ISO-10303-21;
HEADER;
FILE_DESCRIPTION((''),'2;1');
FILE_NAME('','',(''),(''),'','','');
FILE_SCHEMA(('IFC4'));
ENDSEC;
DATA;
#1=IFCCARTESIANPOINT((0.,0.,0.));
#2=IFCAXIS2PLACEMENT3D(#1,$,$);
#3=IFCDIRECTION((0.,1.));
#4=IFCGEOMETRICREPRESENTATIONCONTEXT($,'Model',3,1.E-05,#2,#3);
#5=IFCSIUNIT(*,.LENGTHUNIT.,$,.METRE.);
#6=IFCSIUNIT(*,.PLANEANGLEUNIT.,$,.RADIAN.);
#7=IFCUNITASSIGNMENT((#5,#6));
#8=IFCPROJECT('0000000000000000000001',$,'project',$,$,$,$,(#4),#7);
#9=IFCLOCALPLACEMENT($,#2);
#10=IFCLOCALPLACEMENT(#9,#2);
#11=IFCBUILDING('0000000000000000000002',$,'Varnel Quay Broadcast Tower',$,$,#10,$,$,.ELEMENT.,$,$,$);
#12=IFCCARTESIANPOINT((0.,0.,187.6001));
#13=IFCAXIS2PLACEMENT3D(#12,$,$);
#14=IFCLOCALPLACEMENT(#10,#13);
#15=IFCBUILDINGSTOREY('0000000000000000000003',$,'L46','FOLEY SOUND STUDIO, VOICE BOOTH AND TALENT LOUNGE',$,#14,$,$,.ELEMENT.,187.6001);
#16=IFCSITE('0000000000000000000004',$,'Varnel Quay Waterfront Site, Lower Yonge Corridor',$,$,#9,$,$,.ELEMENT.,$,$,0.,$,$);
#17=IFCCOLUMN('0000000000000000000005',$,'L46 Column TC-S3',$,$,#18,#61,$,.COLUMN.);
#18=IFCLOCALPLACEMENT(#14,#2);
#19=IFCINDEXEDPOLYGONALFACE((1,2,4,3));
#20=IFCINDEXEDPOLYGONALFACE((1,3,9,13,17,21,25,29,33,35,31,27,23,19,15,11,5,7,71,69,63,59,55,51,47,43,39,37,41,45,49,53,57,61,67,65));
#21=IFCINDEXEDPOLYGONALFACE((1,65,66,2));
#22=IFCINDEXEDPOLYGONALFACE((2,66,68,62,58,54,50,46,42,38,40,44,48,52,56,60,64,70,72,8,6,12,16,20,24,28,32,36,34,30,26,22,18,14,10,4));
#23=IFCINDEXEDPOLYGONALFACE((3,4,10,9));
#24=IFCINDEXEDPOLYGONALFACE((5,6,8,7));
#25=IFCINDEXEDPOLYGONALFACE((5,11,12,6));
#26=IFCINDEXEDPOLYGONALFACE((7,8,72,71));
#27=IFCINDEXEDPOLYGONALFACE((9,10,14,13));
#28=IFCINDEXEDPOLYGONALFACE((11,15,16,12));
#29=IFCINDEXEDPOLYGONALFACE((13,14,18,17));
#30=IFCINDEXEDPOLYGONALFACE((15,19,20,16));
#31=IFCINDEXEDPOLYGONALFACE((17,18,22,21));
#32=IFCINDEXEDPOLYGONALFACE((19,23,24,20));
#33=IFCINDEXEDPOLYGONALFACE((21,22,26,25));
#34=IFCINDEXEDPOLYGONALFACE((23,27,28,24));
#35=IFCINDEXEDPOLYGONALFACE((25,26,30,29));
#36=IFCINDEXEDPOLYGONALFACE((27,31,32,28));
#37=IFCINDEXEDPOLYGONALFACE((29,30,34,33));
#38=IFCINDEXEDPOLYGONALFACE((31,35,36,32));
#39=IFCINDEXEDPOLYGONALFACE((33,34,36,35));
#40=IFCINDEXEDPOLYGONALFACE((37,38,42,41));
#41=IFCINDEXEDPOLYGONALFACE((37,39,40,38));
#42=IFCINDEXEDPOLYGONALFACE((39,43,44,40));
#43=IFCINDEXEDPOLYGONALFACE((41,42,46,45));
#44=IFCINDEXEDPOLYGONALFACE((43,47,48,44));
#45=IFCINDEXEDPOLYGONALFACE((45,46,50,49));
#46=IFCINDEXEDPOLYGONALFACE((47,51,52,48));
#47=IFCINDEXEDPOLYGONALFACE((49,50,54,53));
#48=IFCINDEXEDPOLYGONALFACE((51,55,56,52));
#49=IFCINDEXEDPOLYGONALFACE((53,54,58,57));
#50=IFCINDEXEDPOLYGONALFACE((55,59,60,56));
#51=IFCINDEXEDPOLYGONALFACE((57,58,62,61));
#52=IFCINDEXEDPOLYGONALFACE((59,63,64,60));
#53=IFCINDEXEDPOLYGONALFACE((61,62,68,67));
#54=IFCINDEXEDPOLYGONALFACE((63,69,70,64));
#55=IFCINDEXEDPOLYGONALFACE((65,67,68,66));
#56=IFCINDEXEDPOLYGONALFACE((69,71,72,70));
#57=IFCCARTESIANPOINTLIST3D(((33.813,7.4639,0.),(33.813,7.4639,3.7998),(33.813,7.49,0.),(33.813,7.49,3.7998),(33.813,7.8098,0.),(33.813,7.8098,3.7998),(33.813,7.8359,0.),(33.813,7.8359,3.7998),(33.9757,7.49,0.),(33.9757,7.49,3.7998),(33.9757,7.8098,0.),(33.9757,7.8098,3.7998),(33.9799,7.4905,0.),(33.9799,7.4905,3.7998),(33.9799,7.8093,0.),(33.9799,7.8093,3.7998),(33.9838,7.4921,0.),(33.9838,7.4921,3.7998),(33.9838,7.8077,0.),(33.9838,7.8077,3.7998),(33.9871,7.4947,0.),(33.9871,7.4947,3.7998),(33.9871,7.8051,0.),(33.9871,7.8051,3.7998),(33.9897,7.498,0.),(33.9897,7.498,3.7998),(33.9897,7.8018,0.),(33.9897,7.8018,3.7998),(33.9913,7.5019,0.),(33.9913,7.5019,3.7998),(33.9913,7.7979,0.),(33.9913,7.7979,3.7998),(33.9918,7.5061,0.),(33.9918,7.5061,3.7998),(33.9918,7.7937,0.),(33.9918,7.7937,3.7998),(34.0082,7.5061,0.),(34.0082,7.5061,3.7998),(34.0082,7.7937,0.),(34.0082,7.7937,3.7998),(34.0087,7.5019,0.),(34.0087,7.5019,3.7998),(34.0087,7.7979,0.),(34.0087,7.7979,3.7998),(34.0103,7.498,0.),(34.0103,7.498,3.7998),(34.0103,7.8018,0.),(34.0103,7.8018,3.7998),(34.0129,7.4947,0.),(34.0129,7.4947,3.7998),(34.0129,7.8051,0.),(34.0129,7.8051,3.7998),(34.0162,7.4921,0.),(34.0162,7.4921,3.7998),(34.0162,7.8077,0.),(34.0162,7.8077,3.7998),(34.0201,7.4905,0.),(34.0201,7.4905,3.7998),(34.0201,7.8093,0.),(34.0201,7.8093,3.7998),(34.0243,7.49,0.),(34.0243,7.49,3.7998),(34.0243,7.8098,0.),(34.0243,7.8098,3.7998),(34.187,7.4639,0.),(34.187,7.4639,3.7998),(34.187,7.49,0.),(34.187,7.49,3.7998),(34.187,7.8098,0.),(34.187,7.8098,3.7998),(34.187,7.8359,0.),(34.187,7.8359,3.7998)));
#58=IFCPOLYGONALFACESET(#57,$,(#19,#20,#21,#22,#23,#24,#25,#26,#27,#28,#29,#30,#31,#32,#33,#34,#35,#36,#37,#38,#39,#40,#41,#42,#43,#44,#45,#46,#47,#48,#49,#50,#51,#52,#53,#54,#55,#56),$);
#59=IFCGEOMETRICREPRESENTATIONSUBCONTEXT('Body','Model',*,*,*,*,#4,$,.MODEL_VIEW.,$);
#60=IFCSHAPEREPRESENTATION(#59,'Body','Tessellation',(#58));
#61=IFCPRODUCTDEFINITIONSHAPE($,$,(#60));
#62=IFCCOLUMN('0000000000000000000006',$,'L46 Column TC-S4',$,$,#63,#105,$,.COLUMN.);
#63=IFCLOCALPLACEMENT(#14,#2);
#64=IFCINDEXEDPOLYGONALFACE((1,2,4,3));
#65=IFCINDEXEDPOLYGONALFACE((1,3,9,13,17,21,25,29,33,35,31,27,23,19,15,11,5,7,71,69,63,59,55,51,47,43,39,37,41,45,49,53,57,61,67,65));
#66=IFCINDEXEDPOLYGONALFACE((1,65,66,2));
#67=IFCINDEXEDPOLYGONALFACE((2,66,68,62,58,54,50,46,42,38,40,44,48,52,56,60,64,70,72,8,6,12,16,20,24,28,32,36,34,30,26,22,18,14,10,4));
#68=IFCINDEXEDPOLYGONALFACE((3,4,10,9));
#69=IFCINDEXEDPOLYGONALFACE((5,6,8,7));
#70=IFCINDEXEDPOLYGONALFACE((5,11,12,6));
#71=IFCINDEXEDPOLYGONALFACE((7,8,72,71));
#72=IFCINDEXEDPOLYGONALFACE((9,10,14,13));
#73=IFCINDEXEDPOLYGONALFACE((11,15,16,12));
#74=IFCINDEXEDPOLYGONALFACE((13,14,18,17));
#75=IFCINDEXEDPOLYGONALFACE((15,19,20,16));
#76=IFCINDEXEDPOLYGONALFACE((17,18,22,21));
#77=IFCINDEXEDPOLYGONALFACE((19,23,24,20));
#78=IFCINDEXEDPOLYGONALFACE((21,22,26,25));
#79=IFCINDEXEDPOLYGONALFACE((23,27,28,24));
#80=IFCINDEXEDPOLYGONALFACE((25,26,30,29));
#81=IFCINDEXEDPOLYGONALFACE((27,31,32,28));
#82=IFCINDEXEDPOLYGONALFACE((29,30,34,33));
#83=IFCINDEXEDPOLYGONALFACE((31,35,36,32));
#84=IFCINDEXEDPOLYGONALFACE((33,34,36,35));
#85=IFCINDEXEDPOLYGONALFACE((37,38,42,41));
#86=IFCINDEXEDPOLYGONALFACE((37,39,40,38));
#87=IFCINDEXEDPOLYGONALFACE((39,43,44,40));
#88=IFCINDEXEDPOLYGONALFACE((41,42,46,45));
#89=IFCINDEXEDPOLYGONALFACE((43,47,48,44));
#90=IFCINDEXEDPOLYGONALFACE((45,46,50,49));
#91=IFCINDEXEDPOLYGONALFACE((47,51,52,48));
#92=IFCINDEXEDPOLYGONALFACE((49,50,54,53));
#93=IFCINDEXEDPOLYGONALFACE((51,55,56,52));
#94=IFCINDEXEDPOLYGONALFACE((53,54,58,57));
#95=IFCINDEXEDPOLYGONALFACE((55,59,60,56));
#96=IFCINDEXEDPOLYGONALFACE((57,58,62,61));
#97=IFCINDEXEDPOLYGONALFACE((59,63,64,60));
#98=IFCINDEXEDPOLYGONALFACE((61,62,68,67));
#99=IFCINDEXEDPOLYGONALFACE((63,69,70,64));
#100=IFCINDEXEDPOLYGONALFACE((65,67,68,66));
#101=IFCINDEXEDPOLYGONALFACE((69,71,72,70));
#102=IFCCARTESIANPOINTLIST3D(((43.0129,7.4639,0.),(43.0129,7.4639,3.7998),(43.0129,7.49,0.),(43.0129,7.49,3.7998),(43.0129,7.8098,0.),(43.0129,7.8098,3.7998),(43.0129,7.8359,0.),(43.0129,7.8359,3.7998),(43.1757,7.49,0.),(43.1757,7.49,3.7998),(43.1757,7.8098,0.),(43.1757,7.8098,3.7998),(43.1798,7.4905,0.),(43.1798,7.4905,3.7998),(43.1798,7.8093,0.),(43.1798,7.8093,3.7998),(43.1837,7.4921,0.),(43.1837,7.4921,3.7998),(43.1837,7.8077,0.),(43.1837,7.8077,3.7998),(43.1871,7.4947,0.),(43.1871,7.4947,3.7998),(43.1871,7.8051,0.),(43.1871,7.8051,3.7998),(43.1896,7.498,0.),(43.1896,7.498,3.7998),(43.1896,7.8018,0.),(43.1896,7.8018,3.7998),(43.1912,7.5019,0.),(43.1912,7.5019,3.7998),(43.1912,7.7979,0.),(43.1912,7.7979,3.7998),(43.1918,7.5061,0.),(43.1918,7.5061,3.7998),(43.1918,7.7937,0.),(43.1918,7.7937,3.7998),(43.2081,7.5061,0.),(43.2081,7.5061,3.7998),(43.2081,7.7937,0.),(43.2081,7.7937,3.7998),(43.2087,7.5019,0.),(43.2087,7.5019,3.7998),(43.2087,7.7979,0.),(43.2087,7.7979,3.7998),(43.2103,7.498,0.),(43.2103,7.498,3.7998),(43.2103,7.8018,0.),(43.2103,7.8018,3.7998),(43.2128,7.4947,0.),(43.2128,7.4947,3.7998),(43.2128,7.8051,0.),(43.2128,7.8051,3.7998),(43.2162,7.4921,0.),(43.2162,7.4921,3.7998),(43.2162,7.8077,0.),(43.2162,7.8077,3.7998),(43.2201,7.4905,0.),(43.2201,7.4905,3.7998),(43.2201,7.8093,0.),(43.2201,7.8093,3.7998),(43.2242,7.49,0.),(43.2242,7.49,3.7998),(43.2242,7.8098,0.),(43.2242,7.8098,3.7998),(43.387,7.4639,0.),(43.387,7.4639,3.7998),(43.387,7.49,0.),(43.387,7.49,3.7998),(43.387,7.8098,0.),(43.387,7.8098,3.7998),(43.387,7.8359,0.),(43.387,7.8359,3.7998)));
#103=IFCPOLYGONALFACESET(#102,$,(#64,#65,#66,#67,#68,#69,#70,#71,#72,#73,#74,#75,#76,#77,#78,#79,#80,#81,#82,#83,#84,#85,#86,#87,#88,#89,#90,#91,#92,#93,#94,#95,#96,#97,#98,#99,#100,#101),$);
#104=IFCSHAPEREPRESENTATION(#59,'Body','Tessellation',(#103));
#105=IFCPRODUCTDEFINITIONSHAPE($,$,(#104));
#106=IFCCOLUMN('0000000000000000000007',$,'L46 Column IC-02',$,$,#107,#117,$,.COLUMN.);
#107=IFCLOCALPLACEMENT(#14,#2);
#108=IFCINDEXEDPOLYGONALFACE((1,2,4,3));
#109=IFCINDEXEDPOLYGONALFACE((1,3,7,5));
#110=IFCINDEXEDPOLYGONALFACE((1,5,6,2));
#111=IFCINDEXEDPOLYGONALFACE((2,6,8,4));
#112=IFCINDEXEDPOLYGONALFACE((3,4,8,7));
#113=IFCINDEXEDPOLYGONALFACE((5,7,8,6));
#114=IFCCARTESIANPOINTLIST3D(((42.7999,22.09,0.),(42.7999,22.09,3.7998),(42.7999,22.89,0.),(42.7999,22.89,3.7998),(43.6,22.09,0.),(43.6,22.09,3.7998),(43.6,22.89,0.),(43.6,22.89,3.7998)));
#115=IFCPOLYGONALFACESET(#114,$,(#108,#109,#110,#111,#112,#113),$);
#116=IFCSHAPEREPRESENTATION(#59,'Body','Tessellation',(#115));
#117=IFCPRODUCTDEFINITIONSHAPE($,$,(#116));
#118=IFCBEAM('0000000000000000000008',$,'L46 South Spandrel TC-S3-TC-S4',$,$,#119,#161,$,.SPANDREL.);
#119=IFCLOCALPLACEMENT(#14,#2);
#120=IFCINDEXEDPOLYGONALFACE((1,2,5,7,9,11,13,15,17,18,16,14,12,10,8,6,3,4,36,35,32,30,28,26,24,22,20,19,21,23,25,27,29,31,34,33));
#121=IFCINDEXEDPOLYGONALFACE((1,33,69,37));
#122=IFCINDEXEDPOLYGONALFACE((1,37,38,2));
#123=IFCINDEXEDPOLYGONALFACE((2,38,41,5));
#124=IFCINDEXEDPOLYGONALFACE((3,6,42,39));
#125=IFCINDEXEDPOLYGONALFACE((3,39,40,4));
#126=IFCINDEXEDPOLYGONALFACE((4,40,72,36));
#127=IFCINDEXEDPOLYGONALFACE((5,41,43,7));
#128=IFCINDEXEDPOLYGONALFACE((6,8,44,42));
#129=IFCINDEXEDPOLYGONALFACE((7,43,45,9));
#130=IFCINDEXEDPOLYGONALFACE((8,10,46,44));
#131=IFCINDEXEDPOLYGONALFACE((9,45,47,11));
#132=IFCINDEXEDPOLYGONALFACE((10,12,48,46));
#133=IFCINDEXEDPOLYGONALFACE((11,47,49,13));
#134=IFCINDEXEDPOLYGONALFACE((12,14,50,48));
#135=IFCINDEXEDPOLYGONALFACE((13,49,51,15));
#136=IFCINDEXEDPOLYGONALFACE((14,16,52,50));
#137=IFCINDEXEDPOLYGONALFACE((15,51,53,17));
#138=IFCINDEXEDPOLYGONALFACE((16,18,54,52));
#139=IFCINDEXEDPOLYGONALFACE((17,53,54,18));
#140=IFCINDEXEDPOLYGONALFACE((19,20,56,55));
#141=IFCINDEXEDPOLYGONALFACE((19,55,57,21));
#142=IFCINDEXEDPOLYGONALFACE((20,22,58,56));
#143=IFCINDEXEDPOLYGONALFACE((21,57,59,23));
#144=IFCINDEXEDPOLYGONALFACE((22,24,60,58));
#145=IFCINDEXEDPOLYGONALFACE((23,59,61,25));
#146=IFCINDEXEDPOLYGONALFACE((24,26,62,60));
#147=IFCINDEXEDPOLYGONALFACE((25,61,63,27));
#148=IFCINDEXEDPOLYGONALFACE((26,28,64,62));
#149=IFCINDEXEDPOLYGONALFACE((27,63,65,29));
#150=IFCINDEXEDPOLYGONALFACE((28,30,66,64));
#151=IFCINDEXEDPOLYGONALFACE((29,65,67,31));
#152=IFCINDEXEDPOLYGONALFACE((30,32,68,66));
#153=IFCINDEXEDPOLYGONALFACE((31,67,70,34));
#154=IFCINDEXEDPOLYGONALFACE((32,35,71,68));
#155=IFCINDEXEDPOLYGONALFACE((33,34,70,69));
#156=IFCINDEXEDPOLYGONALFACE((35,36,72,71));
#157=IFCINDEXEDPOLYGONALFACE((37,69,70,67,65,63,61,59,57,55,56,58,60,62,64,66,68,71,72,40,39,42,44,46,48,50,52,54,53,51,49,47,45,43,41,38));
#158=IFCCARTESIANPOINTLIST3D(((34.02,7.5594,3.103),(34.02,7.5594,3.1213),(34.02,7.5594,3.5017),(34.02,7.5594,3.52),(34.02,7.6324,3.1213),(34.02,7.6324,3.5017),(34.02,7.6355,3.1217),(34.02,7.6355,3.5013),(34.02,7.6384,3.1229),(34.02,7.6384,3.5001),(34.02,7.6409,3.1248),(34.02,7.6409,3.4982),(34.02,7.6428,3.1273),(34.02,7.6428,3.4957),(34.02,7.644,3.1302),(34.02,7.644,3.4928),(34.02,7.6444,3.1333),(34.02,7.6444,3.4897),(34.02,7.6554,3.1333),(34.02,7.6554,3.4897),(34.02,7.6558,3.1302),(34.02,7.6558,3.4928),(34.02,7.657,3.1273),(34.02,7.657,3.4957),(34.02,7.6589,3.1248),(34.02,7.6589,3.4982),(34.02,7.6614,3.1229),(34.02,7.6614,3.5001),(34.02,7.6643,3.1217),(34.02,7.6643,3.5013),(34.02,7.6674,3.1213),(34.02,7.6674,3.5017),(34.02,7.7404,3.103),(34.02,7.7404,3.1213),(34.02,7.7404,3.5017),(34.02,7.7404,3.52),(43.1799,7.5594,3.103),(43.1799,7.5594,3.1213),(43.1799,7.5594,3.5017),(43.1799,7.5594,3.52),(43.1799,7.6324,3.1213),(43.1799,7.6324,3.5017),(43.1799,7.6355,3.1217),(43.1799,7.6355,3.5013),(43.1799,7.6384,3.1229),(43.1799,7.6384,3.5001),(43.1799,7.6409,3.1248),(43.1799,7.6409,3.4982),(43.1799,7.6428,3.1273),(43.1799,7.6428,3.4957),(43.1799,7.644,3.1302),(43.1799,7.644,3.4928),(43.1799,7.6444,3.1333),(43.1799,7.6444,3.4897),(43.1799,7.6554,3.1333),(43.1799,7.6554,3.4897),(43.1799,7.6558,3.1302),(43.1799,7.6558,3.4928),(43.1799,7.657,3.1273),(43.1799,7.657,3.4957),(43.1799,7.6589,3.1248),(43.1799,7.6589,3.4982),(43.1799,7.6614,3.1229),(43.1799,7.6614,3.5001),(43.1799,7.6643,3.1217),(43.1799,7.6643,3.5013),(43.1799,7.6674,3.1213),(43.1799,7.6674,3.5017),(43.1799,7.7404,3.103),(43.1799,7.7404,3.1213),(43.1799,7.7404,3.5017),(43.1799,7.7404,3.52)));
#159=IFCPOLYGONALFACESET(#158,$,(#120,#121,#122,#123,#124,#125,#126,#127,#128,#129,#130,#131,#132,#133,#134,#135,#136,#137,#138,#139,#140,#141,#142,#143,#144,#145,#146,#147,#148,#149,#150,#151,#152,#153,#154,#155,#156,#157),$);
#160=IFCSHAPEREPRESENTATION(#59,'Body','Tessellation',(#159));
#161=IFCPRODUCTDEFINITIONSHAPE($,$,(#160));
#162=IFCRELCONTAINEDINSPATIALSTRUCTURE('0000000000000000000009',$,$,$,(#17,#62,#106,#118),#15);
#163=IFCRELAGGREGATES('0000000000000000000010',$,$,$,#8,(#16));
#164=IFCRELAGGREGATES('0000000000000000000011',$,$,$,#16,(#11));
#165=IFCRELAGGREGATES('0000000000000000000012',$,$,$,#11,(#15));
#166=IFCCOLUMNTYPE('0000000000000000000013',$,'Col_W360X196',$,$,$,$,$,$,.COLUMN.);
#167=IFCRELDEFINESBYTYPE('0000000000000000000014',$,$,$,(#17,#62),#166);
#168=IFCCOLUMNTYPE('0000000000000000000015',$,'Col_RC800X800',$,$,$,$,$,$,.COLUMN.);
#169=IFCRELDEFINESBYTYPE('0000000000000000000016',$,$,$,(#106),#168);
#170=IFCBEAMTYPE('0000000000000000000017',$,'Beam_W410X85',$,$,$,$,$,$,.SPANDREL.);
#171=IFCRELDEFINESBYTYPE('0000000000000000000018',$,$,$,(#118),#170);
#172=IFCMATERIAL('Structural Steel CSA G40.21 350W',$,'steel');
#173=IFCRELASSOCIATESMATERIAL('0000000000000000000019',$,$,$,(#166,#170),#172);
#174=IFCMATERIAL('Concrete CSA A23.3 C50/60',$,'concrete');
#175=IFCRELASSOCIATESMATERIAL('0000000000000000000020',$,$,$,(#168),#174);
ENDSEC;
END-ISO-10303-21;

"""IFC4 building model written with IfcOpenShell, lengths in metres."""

from ifc_helpers import new_model, si_unit, direction, frame, origin, origin_2d, place, context, subcontext, project, spatial, rectangle, i_section, extrude, source, transform, mapped, material, material_profile, profile_set, type_object, type_shapes, element, save


model = new_model("IFC4")

# Units and contexts
model_context = context("Model", 3, precision=1e-05, world=origin(), true_north=direction((0.0, 1.0)))
body_context = subcontext(model_context, "Body", "Model", "MODEL_VIEW")
ifc_project = project(units=[si_unit("LENGTHUNIT", "METRE"), si_unit("PLANEANGLEUNIT", "RADIAN")], contexts=[model_context])

# Site, building, storey
site_placement = place(None, origin())
site = spatial("IfcSite", under=ifc_project, at=site_placement, Name="Varnel Quay Waterfront Site, Lower Yonge Corridor", CompositionType="ELEMENT", RefElevation=0.0)
building_placement = place(site_placement, origin())
building = spatial("IfcBuilding", under=site, at=building_placement, Name="Varnel Quay Broadcast Tower", CompositionType="ELEMENT")
storey_placement = place(building_placement, frame((0.0, 0.0, 187.6001)))
storey = spatial("IfcBuildingStorey", under=building, at=storey_placement, Name="L46", Description="FOLEY SOUND STUDIO, VOICE BOOTH AND TALENT LOUNGE", CompositionType="ELEMENT", Elevation=187.6001)

# Columns
ifc_material_1 = material(Name="Structural Steel CSA G40.21 350W", Category="steel")
ifc_material_profile_1 = material_profile(ifc_material_1, i_section(OverallWidth=0.374, OverallDepth=0.3721, WebThickness=0.0164, FlangeThickness=0.0261, FilletRadius=0.0161, at=origin_2d()), Name="W360X196")
ifc_profile_set_1 = profile_set([ifc_material_profile_1], Name="Structural Steel CSA G40.21 350W")
column_type_1 = type_object("IfcColumnType", Name="Col_W360X196", PredefinedType="COLUMN", material=ifc_profile_set_1)
shared_shape_1 = source(origin(), body_context, "Body", "SweptSolid", [
    extrude(i_section(OverallWidth=0.374, OverallDepth=0.3721, WebThickness=0.0164, FlangeThickness=0.0261, FilletRadius=0.0161, at=origin_2d()), origin(), (0.0, 0.0, 1.0), 3.7998),
])
type_shapes(column_type_1, [shared_shape_1])
for number, where, z_axis, x_axis, name in (
    (1, (34.0, 7.6499, 0.0), (0.0, 0.0, 1.0), (1.0, 0.0, 0.0), "L46 Column TC-S3"),
    (2, (43.2, 7.6499, 0.0), (0.0, 0.0, 1.0), (1.0, 0.0, 0.0), "L46 Column TC-S4"),
):
    element("IfcColumn", number, at=place(storey_placement, frame(where, z_axis=z_axis, x_axis=x_axis)), inside=storey, type_object=column_type_1, Name=name, PredefinedType="COLUMN", context=body_context, shape_type="MappedRepresentation", body=[
        mapped(shared_shape_1, transform((0.0, 0.0, 0.0), x_axis=(1.0, 0.0, 0.0), y_axis=(0.0, 1.0, 0.0), z_axis=(0.0, 0.0, 1.0), scale=1.0)),
    ])
ifc_material_2 = material(Name="Concrete CSA A23.3 C50/60", Category="concrete")
ifc_material_profile_2 = material_profile(ifc_material_2, rectangle(XDim=0.8, YDim=0.8, at=origin_2d()), Name="RC800X800")
ifc_profile_set_2 = profile_set([ifc_material_profile_2], Name="Concrete CSA A23.3 C50/60")
column_type_2 = type_object("IfcColumnType", Name="Col_RC800X800", PredefinedType="COLUMN", material=ifc_profile_set_2)
shared_shape_2 = source(origin(), body_context, "Body", "SweptSolid", [
    extrude(rectangle(XDim=0.8, YDim=0.8, at=origin_2d()), origin(), (0.0, 0.0, 1.0), 3.7998),
])
type_shapes(column_type_2, [shared_shape_2])
column_placement = place(storey_placement, frame((43.2, 22.49, 0.0), z_axis=(0.0, 0.0, 1.0), x_axis=(1.0, 0.0, 0.0)))
element("IfcColumn", 3, at=column_placement, inside=storey, type_object=column_type_2, Name="L46 Column IC-02", PredefinedType="COLUMN", context=body_context, shape_type="MappedRepresentation", body=[
    mapped(shared_shape_2, transform((0.0, 0.0, 0.0), x_axis=(1.0, 0.0, 0.0), y_axis=(0.0, 1.0, 0.0), z_axis=(0.0, 0.0, 1.0), scale=1.0)),
])

# Beam
ifc_material_profile_3 = material_profile(ifc_material_1, i_section(OverallWidth=0.1809, OverallDepth=0.417, WebThickness=0.011, FlangeThickness=0.0183, FilletRadius=0.012, at=origin_2d()), Name="W410X85")
ifc_profile_set_3 = profile_set([ifc_material_profile_3], Name="Structural Steel CSA G40.21 350W")
beam_type_1 = type_object("IfcBeamType", Name="Beam_W410X85", PredefinedType="SPANDREL", material=ifc_profile_set_3)
shared_shape_3 = source(origin(), body_context, "Body", "SweptSolid", [
    extrude(i_section(OverallWidth=0.1809, OverallDepth=0.417, WebThickness=0.011, FlangeThickness=0.0183, FilletRadius=0.012, at=origin_2d()), origin(), (0.0, 0.0, 1.0), 9.1599),
])
type_shapes(beam_type_1, [shared_shape_3])
for number, where, z_axis, x_axis, name in (
    (4, (34.02, 7.6499, 3.3115), (1.0, 0.0, 0.0), (0.0, 1.0, 0.0), "L46 South Spandrel TC-S3-TC-S4"),
):
    element("IfcBeam", number, at=place(storey_placement, frame(where, z_axis=z_axis, x_axis=x_axis)), inside=storey, type_object=beam_type_1, Name=name, PredefinedType="SPANDREL", context=body_context, shape_type="MappedRepresentation", body=[
        mapped(shared_shape_3, transform((0.0, 0.0, 0.0), x_axis=(1.0, 0.0, 0.0), y_axis=(0.0, 1.0, 0.0), z_axis=(0.0, 0.0, 1.0), scale=1.0)),
    ])

save(model, "model.ifc")
